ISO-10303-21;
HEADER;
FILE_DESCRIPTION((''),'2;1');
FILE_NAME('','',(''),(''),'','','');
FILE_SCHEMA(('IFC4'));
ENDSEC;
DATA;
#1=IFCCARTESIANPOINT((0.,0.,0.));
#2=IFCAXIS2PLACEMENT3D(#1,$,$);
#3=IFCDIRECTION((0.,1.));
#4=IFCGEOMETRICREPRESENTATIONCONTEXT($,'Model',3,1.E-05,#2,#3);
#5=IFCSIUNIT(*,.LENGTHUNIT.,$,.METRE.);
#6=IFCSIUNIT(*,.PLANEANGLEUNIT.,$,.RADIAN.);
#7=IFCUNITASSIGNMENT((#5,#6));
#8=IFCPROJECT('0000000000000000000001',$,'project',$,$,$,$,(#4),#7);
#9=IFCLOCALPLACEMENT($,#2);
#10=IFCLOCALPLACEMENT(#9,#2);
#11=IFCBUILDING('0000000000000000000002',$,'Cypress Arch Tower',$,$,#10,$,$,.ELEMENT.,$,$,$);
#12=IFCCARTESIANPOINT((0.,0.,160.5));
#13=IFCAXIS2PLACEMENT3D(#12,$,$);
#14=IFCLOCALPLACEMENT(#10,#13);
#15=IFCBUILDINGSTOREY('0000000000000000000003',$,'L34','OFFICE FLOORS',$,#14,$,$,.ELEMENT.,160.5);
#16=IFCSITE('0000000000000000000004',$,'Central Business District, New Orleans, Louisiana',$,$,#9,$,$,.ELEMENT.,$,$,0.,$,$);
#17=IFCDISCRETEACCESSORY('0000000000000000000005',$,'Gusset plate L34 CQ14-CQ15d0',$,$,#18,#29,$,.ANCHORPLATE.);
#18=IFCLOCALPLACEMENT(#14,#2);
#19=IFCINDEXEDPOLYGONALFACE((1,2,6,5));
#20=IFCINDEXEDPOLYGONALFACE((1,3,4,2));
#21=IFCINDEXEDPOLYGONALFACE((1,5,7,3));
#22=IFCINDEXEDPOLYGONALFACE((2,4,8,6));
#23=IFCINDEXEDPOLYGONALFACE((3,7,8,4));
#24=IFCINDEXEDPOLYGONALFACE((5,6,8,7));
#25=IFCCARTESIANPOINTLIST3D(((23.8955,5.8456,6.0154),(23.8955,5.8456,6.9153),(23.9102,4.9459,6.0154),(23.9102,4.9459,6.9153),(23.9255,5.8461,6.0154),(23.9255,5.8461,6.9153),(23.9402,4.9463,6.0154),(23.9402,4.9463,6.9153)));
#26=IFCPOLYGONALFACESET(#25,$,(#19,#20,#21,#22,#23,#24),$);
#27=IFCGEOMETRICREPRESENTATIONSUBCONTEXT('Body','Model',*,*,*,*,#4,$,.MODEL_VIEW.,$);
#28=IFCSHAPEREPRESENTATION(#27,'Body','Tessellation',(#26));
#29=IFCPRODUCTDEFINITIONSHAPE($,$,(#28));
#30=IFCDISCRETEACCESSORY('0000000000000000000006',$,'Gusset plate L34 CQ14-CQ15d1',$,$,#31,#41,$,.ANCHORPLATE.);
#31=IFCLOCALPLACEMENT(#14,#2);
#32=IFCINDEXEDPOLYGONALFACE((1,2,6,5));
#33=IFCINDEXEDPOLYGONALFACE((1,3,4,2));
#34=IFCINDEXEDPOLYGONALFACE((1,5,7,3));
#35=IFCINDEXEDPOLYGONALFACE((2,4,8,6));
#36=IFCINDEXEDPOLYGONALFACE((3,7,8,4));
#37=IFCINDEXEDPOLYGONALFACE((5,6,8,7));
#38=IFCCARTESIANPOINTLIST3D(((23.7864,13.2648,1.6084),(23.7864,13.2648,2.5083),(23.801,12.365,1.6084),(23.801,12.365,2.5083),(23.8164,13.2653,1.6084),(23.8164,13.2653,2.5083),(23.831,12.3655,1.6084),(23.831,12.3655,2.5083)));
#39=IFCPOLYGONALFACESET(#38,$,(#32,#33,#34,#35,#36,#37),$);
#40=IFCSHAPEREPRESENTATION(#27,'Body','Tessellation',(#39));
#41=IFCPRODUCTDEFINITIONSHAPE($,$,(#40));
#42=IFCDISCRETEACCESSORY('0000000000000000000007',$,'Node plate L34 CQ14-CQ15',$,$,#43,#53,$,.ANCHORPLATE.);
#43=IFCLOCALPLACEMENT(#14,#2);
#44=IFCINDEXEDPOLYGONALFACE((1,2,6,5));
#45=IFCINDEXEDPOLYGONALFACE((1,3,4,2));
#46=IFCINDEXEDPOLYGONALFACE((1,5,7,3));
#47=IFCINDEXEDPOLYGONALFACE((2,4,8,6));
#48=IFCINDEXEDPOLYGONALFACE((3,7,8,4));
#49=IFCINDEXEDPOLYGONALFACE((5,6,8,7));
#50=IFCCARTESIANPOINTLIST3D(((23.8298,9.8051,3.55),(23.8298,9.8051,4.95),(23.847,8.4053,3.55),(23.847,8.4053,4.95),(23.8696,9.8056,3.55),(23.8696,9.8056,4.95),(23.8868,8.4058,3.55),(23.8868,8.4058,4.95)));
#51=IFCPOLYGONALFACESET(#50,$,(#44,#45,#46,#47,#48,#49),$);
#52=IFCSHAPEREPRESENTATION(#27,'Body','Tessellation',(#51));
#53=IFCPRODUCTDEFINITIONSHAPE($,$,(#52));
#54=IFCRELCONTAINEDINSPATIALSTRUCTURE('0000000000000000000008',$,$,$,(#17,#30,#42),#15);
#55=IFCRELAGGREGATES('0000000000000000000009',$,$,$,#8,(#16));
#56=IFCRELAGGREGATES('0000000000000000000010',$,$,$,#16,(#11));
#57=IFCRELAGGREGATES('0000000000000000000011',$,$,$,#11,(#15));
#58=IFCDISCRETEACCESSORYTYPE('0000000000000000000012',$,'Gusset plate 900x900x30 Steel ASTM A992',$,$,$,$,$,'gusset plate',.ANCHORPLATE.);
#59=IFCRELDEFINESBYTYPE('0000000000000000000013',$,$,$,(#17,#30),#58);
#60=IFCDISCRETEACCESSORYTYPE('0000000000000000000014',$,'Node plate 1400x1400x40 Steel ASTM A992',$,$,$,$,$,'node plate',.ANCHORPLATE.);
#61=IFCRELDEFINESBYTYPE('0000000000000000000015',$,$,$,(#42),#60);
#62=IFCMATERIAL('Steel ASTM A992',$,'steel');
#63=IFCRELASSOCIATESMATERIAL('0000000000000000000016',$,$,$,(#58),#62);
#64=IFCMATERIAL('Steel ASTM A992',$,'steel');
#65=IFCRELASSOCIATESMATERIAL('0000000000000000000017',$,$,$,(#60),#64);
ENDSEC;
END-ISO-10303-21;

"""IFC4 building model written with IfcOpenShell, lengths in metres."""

from ifc_helpers import new_model, si_unit, direction, frame, origin, origin_2d, place, context, subcontext, project, spatial, rectangle, extrude, material, material_profile, profile_set, type_object, element, save


model = new_model("IFC4")

# Units and contexts
model_context = context("Model", 3, precision=1e-05, world=origin(), true_north=direction((0.0, 1.0)))
body_context = subcontext(model_context, "Body", "Model", "MODEL_VIEW")
ifc_project = project(units=[si_unit("LENGTHUNIT", "METRE"), si_unit("PLANEANGLEUNIT", "RADIAN")], contexts=[model_context])

# Site, building, storey
site_placement = place(None, origin())
site = spatial("IfcSite", under=ifc_project, at=site_placement, Name="Central Business District, New Orleans, Louisiana", CompositionType="ELEMENT", RefElevation=0.0)
building_placement = place(site_placement, origin())
building = spatial("IfcBuilding", under=site, at=building_placement, Name="Cypress Arch Tower", CompositionType="ELEMENT")
storey_placement = place(building_placement, frame((0.0, 0.0, 160.5)))
storey = spatial("IfcBuildingStorey", under=building, at=storey_placement, Name="L34", Description="OFFICE FLOORS", CompositionType="ELEMENT", Elevation=160.5)

# Discrete accessories
ifc_material_1 = material(Name="Steel ASTM A992", Category="steel")
ifc_material_profile_1 = material_profile(ifc_material_1, rectangle(XDim=0.8999, YDim=0.8999, at=origin_2d()), Name="PL 30 900x900")
ifc_profile_set_1 = profile_set([ifc_material_profile_1], Name="Steel ASTM A992")
discrete_accessory_type_1 = type_object("IfcDiscreteAccessoryType", Name="Gusset plate 900x900x30 Steel ASTM A992", ElementType="gusset plate", PredefinedType="ANCHORPLATE", material=ifc_profile_set_1)
for number, where, z_axis, x_axis, name in (
    (1, (23.9329, 5.3962, 6.4653), (-0.999868, -0.016258, 0.0), (0.016258, -0.999868, 0.0), "Gusset plate L34 CQ14-CQ15d0"),
    (2, (23.8237, 12.8154, 2.0583), (-0.999868, -0.016258, 0.0), (0.016258, -0.999868, 0.0), "Gusset plate L34 CQ14-CQ15d1"),
):
    element("IfcDiscreteAccessory", number, at=place(storey_placement, frame(where, z_axis=z_axis, x_axis=x_axis)), inside=storey, type_object=discrete_accessory_type_1, Name=name, PredefinedType="ANCHORPLATE", context=body_context, shape_type="SweptSolid", body=[
        extrude(rectangle(XDim=0.8999, YDim=0.8999, at=origin_2d()), origin(), (0.0, 0.0, 1.0), 0.03),
    ])
ifc_material_2 = material(Name="Steel ASTM A992", Category="steel")
ifc_material_profile_2 = material_profile(ifc_material_2, rectangle(XDim=1.3999, YDim=1.3999, at=origin_2d()), Name="PL 40 1400x1400")
ifc_profile_set_2 = profile_set([ifc_material_profile_2], Name="Steel ASTM A992")
discrete_accessory_type_2 = type_object("IfcDiscreteAccessoryType", Name="Node plate 1400x1400x40 Steel ASTM A992", ElementType="node plate", PredefinedType="ANCHORPLATE", material=ifc_profile_set_2)
discrete_accessory_placement = place(storey_placement, frame((23.8782, 9.1057, 4.25), z_axis=(-0.999925, -0.012269, 0.0), x_axis=(0.012269, -0.999925, 0.0)))
element("IfcDiscreteAccessory", 3, at=discrete_accessory_placement, inside=storey, type_object=discrete_accessory_type_2, Name="Node plate L34 CQ14-CQ15", PredefinedType="ANCHORPLATE", context=body_context, shape_type="SweptSolid", body=[
    extrude(rectangle(XDim=1.3999, YDim=1.3999, at=origin_2d()), origin(), (0.0, 0.0, 1.0), 0.0398),
])

save(model, "model.ifc")
